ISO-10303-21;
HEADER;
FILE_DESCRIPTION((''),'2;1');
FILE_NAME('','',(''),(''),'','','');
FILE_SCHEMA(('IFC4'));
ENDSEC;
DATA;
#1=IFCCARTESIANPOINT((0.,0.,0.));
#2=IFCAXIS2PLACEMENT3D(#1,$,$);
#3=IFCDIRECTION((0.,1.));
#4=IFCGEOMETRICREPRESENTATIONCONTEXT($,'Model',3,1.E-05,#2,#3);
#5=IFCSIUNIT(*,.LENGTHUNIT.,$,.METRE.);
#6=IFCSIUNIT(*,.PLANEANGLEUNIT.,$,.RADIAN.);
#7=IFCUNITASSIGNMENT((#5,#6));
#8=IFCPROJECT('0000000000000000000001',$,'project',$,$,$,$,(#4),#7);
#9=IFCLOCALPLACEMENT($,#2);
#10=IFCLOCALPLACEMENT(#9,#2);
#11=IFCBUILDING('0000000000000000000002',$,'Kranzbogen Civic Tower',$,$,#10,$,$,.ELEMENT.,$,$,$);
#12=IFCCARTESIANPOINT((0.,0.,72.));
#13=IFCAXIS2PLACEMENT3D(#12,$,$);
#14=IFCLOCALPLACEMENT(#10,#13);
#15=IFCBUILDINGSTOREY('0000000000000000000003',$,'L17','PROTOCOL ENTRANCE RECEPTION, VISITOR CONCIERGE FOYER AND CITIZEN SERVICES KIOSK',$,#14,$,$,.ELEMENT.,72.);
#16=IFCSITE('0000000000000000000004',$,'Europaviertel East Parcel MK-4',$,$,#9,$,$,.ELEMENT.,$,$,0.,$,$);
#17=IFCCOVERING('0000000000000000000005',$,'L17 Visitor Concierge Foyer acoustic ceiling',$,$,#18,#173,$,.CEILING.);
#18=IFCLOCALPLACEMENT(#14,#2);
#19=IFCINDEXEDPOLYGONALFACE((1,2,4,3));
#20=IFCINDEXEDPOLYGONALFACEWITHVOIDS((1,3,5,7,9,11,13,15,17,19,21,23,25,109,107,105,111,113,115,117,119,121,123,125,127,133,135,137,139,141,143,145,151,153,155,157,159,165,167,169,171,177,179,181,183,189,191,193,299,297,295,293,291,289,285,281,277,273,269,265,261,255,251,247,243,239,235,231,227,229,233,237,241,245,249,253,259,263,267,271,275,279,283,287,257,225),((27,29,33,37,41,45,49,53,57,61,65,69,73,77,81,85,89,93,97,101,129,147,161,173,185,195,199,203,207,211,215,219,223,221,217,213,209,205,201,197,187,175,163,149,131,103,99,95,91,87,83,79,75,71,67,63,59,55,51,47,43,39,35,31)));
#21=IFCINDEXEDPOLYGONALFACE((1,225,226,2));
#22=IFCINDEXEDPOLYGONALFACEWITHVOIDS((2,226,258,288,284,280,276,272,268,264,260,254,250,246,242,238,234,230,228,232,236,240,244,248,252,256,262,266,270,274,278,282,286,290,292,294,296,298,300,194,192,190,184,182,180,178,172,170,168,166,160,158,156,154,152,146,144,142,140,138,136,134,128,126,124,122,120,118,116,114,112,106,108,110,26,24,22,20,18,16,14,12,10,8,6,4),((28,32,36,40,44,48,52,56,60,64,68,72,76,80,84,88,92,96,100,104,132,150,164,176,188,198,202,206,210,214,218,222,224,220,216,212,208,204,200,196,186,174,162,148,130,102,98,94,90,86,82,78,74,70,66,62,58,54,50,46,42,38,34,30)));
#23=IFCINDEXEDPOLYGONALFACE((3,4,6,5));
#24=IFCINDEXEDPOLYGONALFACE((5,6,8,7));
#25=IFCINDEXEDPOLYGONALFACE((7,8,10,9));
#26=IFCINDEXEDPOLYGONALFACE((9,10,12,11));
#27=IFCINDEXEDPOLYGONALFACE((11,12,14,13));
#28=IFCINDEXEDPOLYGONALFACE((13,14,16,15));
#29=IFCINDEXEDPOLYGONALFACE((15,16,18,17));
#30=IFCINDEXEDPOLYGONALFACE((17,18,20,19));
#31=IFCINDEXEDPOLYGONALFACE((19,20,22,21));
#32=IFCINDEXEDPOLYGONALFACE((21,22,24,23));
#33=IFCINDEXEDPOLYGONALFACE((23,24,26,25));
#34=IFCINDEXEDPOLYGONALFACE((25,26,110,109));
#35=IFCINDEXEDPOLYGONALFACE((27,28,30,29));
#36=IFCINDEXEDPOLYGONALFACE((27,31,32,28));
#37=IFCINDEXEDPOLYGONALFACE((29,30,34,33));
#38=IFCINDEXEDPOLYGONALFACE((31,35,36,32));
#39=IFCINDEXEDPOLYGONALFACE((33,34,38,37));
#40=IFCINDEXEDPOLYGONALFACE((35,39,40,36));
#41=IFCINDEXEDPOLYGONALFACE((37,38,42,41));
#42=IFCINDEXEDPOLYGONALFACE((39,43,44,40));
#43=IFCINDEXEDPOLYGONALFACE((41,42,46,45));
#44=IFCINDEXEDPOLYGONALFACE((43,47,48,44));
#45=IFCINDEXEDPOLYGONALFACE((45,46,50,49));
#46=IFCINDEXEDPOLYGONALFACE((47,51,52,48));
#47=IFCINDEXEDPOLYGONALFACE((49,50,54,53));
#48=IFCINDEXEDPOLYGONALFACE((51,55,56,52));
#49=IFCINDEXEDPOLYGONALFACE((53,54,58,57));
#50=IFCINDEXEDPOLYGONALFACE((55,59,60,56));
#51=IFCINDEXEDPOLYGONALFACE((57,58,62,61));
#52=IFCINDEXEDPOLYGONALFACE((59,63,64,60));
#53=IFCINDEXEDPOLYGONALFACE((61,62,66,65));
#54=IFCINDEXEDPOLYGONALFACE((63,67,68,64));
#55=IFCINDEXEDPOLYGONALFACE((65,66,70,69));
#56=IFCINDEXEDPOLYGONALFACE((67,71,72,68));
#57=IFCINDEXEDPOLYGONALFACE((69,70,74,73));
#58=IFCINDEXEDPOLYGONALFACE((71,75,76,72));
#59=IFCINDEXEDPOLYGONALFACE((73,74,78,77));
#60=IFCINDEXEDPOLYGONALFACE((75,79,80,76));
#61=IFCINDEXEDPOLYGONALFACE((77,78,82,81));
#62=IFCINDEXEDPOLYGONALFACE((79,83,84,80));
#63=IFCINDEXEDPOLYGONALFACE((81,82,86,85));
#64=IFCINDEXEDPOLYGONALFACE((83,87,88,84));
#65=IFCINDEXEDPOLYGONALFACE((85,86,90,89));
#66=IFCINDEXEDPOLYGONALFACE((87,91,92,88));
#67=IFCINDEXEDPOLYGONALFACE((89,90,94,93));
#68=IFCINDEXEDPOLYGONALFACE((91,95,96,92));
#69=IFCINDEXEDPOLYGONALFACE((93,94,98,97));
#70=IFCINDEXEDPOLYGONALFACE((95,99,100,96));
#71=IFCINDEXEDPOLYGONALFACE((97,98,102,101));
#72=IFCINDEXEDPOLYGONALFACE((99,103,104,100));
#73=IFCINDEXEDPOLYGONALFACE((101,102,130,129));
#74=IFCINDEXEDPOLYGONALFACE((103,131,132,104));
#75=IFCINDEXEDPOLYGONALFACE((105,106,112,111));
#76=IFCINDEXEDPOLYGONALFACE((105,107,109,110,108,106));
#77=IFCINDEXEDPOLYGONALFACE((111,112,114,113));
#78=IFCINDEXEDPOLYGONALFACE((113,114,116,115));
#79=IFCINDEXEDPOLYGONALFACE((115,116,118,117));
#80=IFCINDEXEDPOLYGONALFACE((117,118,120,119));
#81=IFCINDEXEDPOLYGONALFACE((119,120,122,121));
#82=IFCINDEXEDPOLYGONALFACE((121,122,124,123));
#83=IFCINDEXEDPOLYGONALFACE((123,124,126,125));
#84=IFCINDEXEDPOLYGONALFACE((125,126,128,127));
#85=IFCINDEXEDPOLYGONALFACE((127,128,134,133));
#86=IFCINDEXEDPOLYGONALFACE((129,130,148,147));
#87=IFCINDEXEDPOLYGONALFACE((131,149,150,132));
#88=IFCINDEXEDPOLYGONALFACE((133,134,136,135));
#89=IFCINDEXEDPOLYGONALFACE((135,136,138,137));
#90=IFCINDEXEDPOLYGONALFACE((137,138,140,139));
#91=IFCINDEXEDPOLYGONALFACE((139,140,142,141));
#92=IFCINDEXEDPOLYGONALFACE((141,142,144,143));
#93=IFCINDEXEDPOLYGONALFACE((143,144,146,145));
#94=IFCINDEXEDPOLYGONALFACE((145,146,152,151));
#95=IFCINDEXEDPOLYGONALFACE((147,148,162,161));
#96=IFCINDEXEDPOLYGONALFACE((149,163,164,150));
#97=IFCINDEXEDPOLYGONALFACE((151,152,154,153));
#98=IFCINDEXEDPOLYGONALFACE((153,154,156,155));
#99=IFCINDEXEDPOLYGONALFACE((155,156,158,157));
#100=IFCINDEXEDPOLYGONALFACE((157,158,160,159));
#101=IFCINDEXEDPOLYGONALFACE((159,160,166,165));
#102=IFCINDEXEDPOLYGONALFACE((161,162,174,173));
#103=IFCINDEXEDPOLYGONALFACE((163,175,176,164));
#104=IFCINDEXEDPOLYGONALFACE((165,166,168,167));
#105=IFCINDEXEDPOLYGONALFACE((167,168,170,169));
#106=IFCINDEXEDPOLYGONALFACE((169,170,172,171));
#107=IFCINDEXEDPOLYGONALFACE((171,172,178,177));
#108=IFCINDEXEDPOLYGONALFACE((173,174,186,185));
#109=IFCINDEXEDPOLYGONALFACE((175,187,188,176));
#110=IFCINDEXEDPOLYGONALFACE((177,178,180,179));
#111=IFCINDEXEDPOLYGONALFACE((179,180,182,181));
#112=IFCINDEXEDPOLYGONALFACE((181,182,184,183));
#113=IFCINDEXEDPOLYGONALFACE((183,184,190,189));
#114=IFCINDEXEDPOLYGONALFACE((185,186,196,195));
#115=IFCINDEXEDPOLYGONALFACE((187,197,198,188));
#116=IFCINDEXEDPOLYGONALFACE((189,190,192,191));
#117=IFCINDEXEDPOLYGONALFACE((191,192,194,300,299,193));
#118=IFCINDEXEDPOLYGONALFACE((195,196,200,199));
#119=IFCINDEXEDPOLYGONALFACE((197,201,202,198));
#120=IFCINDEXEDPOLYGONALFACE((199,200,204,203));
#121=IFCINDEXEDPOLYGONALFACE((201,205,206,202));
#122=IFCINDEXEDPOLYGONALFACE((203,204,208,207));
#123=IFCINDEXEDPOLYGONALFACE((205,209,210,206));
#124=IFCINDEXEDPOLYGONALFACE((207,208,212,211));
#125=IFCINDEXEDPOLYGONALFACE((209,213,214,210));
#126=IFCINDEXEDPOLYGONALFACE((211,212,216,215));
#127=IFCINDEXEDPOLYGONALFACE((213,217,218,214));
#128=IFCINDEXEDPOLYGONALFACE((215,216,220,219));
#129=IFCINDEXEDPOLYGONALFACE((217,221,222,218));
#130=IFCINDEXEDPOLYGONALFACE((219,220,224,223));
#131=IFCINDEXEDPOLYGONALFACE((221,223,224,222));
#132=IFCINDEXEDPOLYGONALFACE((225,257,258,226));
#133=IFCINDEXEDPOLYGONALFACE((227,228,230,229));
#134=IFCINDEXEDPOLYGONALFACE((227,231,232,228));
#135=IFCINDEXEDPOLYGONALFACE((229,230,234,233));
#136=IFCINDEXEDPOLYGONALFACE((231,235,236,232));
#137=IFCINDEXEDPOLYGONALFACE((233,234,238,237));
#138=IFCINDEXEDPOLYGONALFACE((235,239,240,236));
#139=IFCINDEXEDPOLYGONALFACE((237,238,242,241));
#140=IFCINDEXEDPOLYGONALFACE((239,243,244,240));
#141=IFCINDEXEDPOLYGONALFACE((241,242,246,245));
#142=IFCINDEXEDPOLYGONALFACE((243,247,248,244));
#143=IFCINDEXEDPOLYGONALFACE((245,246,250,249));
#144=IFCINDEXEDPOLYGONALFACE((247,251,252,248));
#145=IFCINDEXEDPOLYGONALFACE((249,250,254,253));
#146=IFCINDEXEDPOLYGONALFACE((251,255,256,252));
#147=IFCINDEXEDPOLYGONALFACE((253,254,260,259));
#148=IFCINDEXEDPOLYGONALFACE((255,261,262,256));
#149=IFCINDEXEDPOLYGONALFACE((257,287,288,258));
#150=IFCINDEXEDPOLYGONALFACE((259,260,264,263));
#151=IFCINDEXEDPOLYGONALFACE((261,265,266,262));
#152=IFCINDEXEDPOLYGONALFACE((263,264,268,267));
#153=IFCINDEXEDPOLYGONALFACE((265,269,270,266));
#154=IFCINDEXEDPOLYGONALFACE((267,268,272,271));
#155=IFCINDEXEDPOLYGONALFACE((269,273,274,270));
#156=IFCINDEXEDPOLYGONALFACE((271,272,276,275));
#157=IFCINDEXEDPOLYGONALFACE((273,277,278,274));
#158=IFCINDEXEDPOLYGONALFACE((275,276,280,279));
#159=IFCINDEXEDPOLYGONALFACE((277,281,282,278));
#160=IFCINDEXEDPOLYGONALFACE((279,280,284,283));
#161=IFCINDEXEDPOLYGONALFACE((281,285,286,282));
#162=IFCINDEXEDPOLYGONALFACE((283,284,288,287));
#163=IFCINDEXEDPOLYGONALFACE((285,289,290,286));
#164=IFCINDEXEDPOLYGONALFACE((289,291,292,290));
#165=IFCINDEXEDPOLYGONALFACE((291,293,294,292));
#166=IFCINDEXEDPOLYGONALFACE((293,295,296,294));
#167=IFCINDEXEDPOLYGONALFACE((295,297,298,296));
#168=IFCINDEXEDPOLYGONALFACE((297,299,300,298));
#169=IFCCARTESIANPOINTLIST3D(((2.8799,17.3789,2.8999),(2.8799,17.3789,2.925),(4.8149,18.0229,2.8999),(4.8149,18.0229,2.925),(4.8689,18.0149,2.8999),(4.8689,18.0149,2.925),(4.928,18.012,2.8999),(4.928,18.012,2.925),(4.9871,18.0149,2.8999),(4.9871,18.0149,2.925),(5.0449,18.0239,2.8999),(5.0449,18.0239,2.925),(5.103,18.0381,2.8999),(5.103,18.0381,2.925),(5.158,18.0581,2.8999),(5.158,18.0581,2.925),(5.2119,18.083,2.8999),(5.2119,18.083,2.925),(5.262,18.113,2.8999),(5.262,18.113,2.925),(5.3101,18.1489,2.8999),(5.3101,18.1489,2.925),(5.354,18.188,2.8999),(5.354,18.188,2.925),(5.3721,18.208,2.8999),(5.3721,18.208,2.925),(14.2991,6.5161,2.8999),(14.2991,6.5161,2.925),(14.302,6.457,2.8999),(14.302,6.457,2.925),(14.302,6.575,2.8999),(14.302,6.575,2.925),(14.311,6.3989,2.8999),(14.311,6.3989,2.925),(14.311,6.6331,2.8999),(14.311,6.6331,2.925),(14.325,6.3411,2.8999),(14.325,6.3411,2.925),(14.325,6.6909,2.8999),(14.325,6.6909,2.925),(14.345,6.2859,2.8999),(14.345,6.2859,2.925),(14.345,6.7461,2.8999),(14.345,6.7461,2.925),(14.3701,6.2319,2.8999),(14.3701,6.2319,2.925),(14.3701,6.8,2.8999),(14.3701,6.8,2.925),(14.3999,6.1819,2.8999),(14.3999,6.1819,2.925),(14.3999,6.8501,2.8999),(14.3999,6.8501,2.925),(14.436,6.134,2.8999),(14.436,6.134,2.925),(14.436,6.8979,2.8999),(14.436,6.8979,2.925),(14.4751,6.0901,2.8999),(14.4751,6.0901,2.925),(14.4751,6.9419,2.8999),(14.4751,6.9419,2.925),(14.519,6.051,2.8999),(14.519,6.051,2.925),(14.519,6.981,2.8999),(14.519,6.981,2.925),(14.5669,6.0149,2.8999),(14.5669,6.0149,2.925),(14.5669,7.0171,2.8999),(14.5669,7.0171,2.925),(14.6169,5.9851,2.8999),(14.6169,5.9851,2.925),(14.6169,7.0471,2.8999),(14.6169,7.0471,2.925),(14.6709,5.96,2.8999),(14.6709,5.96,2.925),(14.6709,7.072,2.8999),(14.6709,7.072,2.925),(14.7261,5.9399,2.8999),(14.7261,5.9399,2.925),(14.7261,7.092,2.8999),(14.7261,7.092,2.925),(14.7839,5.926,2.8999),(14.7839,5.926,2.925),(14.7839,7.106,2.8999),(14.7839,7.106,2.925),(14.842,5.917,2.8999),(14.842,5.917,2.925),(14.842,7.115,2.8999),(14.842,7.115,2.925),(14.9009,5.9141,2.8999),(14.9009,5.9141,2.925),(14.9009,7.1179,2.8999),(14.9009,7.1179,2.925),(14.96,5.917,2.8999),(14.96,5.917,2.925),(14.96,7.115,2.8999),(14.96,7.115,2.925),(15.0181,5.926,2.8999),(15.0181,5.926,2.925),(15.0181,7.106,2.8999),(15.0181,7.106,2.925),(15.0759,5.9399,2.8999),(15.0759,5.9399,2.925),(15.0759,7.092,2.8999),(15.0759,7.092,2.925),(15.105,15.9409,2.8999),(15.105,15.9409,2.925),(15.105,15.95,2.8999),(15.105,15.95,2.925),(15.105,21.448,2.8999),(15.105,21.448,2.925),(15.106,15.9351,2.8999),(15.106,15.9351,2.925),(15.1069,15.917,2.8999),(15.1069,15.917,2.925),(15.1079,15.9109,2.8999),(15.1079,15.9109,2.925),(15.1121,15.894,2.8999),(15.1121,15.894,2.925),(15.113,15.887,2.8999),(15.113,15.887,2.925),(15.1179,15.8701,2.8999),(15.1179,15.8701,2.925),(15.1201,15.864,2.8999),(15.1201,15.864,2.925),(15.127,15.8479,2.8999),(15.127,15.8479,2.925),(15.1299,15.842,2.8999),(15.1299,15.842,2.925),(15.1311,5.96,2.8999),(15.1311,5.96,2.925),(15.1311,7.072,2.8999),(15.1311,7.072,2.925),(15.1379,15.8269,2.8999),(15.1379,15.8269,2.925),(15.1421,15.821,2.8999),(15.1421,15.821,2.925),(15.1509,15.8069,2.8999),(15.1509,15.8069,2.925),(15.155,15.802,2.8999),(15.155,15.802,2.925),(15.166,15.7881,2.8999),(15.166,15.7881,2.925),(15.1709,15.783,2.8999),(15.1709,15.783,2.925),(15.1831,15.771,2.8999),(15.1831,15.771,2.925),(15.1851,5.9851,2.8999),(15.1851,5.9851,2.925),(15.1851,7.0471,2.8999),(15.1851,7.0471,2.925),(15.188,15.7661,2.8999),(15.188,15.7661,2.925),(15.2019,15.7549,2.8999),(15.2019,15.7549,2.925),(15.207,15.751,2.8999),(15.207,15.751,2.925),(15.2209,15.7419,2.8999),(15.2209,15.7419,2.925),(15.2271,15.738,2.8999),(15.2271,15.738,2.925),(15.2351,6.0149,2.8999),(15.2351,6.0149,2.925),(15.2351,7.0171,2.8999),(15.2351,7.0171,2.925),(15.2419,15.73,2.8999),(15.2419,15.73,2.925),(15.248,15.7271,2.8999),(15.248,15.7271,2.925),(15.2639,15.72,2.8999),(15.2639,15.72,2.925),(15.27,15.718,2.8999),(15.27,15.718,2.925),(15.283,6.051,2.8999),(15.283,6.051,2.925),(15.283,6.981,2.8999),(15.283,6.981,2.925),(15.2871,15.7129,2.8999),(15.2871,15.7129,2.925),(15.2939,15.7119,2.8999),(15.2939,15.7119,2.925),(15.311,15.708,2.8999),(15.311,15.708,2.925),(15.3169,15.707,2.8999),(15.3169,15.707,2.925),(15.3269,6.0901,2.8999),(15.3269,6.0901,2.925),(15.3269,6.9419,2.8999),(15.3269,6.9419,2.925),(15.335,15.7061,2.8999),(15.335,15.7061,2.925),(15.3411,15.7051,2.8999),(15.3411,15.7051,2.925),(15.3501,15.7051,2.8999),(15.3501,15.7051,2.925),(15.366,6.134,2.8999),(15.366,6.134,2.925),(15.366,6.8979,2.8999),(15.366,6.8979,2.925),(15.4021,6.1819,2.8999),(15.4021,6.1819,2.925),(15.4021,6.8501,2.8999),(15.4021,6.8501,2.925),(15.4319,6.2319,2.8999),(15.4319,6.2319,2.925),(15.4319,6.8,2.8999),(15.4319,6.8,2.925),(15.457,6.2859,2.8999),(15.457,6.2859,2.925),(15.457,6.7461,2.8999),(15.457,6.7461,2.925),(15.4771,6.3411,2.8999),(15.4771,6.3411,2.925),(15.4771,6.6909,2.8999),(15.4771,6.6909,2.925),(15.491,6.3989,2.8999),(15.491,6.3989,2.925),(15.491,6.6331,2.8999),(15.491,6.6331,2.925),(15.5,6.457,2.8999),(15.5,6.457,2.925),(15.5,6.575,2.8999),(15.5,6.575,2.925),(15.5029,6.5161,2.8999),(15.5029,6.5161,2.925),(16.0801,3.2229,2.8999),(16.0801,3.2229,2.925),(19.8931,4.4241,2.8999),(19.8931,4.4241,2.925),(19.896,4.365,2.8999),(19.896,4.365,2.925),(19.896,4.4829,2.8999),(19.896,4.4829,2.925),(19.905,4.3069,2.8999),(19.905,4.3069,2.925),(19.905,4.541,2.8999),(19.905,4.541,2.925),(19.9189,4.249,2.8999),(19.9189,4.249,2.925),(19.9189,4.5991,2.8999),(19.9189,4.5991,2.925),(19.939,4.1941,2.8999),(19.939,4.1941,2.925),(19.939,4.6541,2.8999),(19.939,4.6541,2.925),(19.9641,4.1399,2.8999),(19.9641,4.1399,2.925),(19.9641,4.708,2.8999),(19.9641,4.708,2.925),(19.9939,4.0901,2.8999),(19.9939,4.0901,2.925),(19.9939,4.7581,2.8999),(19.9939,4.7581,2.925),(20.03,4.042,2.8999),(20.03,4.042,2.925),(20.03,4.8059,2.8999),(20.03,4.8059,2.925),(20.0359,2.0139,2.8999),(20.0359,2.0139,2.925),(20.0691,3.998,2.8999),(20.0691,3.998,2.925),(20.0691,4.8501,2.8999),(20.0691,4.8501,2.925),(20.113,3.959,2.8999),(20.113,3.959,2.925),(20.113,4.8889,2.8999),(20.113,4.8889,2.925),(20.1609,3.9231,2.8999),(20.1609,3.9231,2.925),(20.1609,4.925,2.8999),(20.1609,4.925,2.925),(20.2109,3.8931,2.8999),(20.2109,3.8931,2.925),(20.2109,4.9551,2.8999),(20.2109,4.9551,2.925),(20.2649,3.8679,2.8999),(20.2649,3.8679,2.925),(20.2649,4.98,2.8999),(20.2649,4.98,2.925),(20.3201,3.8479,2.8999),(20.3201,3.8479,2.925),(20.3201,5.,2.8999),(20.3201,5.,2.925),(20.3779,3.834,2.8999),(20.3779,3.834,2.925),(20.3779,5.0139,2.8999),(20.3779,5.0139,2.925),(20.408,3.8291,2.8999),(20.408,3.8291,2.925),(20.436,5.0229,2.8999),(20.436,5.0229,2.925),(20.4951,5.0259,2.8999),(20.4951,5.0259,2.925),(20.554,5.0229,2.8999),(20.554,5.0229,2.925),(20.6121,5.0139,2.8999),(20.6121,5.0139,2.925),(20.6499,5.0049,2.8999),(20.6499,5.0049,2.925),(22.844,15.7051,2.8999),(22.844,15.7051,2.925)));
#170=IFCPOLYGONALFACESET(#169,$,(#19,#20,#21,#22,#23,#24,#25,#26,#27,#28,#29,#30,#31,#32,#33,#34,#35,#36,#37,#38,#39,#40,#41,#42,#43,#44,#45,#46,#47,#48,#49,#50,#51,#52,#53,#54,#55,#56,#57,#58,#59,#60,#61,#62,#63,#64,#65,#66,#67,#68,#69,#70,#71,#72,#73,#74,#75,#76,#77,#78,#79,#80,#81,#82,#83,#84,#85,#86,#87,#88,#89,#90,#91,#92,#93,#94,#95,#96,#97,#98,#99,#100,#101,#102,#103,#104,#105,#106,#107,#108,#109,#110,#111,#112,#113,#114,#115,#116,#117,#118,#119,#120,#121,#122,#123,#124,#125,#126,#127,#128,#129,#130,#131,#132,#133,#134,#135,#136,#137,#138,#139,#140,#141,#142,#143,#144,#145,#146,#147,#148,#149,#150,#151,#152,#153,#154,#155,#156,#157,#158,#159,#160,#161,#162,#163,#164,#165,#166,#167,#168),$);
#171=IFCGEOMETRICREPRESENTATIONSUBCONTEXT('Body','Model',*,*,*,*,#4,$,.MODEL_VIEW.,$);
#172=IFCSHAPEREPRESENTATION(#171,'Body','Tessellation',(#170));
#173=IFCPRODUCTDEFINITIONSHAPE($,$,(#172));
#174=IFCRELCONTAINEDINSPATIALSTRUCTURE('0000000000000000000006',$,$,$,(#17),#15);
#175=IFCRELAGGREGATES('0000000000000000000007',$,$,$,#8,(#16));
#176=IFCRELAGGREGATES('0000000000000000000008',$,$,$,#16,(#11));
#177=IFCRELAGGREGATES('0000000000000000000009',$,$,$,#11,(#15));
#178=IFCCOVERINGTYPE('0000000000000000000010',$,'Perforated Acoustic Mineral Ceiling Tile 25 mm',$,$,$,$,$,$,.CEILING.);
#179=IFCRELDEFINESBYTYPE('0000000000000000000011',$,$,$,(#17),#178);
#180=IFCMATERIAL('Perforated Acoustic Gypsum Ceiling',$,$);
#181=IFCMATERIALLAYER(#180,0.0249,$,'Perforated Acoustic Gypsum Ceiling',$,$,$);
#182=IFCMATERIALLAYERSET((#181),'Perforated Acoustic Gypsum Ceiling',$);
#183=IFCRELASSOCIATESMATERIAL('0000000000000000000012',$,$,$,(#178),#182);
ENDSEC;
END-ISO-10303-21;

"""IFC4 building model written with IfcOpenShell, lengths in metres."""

from ifc_helpers import new_model, si_unit, direction, frame, origin, place, context, subcontext, project, spatial, polyline, outline, extrude, material, layer, layer_set, type_object, element, save


model = new_model("IFC4")

# Units and contexts
model_context = context("Model", 3, precision=1e-05, world=origin(), true_north=direction((0.0, 1.0)))
body_context = subcontext(model_context, "Body", "Model", "MODEL_VIEW")
ifc_project = project(units=[si_unit("LENGTHUNIT", "METRE"), si_unit("PLANEANGLEUNIT", "RADIAN")], contexts=[model_context])

# Site, building, storey
site_placement = place(None, origin())
site = spatial("IfcSite", under=ifc_project, at=site_placement, Name="Europaviertel East Parcel MK-4", CompositionType="ELEMENT", RefElevation=0.0)
building_placement = place(site_placement, origin())
building = spatial("IfcBuilding", under=site, at=building_placement, Name="Kranzbogen Civic Tower", CompositionType="ELEMENT")
storey_placement = place(building_placement, frame((0.0, 0.0, 72.0)))
storey = spatial("IfcBuildingStorey", under=building, at=storey_placement, Name="L17", Description="PROTOCOL ENTRANCE RECEPTION, VISITOR CONCIERGE FOYER AND CITIZEN SERVICES KIOSK", CompositionType="ELEMENT", Elevation=72.0)

# Covering
ifc_material_1 = material(Name="Perforated Acoustic Gypsum Ceiling")
ifc_layer_1 = layer(ifc_material_1, 0.0249, Name="Perforated Acoustic Gypsum Ceiling")
ifc_layer_set_1 = layer_set([ifc_layer_1], Name="Perforated Acoustic Gypsum Ceiling")
covering_type = type_object("IfcCoveringType", Name="Perforated Acoustic Mineral Ceiling Tile 25 mm", PredefinedType="CEILING", material=ifc_layer_set_1)
covering_1_placement = place(storey_placement, frame((0.0, 0.0, 2.8999)))
element("IfcCovering", 1, at=covering_1_placement, inside=storey, type_object=covering_type, Name="L17 Visitor Concierge Foyer acoustic ceiling", PredefinedType="CEILING", context=body_context, shape_type="SweptSolid", body=[
    extrude(outline(polyline([(2.8799, 17.3789), (4.8149, 18.0229), (4.8689, 18.0149), (4.928, 18.012), (4.9871, 18.0149), (5.0449, 18.0239), (5.103, 18.0381), (5.158, 18.0581), (5.2119, 18.083), (5.262, 18.113), (5.3101, 18.1489), (5.354, 18.188), (5.3721, 18.208), (15.105, 21.448), (15.105, 15.95), (15.105, 15.9409), (15.106, 15.9351), (15.1069, 15.917), (15.1079, 15.9109), (15.1121, 15.894), (15.113, 15.887), (15.1179, 15.8701), (15.1201, 15.864), (15.127, 15.8479), (15.1299, 15.842), (15.1379, 15.8269), (15.1421, 15.821), (15.1509, 15.8069), (15.155, 15.802), (15.166, 15.7881), (15.1709, 15.783), (15.1831, 15.771), (15.188, 15.7661), (15.2019, 15.7549), (15.207, 15.751), (15.2209, 15.7419), (15.2271, 15.738), (15.2419, 15.73), (15.248, 15.7271), (15.2639, 15.72), (15.27, 15.718), (15.2871, 15.7129), (15.2939, 15.7119), (15.311, 15.708), (15.3169, 15.707), (15.335, 15.7061), (15.3411, 15.7051), (15.3501, 15.7051), (22.844, 15.7051), (20.6499, 5.0049), (20.6121, 5.0139), (20.554, 5.0229), (20.4951, 5.0259), (20.436, 5.0229), (20.3779, 5.0139), (20.3201, 5.0), (20.2649, 4.98), (20.2109, 4.9551), (20.1609, 4.925), (20.113, 4.8889), (20.0691, 4.8501), (20.03, 4.8059), (19.9939, 4.7581), (19.9641, 4.708), (19.939, 4.6541), (19.9189, 4.5991), (19.905, 4.541), (19.896, 4.4829), (19.8931, 4.4241), (19.896, 4.365), (19.905, 4.3069), (19.9189, 4.249), (19.939, 4.1941), (19.9641, 4.1399), (19.9939, 4.0901), (20.03, 4.042), (20.0691, 3.998), (20.113, 3.959), (20.1609, 3.9231), (20.2109, 3.8931), (20.2649, 3.8679), (20.3201, 3.8479), (20.3779, 3.834), (20.408, 3.8291), (20.0359, 2.0139), (16.0801, 3.2229), (2.8799, 17.3789)]), holes=[polyline([(15.457, 6.2859), (15.4319, 6.2319), (15.4021, 6.1819), (15.366, 6.134), (15.3269, 6.0901), (15.283, 6.051), (15.2351, 6.0149), (15.1851, 5.9851), (15.1311, 5.96), (15.0759, 5.9399), (15.0181, 5.926), (14.96, 5.917), (14.9009, 5.9141), (14.842, 5.917), (14.7839, 5.926), (14.7261, 5.9399), (14.6709, 5.96), (14.6169, 5.9851), (14.5669, 6.0149), (14.519, 6.051), (14.4751, 6.0901), (14.436, 6.134), (14.3999, 6.1819), (14.3701, 6.2319), (14.345, 6.2859), (14.325, 6.3411), (14.311, 6.3989), (14.302, 6.457), (14.2991, 6.5161), (14.302, 6.575), (14.311, 6.6331), (14.325, 6.6909), (14.345, 6.7461), (14.3701, 6.8), (14.3999, 6.8501), (14.436, 6.8979), (14.4751, 6.9419), (14.519, 6.981), (14.5669, 7.0171), (14.6169, 7.0471), (14.6709, 7.072), (14.7261, 7.092), (14.7839, 7.106), (14.842, 7.115), (14.9009, 7.1179), (14.96, 7.115), (15.0181, 7.106), (15.0759, 7.092), (15.1311, 7.072), (15.1851, 7.0471), (15.2351, 7.0171), (15.283, 6.981), (15.3269, 6.9419), (15.366, 6.8979), (15.4021, 6.8501), (15.4319, 6.8), (15.457, 6.7461), (15.4771, 6.6909), (15.491, 6.6331), (15.5, 6.575), (15.5029, 6.5161), (15.5, 6.457), (15.491, 6.3989), (15.4771, 6.3411), (15.457, 6.2859)])]), origin(), (0.0, 0.0, 1.0), 0.0251),
])

save(model, "model.ifc")
